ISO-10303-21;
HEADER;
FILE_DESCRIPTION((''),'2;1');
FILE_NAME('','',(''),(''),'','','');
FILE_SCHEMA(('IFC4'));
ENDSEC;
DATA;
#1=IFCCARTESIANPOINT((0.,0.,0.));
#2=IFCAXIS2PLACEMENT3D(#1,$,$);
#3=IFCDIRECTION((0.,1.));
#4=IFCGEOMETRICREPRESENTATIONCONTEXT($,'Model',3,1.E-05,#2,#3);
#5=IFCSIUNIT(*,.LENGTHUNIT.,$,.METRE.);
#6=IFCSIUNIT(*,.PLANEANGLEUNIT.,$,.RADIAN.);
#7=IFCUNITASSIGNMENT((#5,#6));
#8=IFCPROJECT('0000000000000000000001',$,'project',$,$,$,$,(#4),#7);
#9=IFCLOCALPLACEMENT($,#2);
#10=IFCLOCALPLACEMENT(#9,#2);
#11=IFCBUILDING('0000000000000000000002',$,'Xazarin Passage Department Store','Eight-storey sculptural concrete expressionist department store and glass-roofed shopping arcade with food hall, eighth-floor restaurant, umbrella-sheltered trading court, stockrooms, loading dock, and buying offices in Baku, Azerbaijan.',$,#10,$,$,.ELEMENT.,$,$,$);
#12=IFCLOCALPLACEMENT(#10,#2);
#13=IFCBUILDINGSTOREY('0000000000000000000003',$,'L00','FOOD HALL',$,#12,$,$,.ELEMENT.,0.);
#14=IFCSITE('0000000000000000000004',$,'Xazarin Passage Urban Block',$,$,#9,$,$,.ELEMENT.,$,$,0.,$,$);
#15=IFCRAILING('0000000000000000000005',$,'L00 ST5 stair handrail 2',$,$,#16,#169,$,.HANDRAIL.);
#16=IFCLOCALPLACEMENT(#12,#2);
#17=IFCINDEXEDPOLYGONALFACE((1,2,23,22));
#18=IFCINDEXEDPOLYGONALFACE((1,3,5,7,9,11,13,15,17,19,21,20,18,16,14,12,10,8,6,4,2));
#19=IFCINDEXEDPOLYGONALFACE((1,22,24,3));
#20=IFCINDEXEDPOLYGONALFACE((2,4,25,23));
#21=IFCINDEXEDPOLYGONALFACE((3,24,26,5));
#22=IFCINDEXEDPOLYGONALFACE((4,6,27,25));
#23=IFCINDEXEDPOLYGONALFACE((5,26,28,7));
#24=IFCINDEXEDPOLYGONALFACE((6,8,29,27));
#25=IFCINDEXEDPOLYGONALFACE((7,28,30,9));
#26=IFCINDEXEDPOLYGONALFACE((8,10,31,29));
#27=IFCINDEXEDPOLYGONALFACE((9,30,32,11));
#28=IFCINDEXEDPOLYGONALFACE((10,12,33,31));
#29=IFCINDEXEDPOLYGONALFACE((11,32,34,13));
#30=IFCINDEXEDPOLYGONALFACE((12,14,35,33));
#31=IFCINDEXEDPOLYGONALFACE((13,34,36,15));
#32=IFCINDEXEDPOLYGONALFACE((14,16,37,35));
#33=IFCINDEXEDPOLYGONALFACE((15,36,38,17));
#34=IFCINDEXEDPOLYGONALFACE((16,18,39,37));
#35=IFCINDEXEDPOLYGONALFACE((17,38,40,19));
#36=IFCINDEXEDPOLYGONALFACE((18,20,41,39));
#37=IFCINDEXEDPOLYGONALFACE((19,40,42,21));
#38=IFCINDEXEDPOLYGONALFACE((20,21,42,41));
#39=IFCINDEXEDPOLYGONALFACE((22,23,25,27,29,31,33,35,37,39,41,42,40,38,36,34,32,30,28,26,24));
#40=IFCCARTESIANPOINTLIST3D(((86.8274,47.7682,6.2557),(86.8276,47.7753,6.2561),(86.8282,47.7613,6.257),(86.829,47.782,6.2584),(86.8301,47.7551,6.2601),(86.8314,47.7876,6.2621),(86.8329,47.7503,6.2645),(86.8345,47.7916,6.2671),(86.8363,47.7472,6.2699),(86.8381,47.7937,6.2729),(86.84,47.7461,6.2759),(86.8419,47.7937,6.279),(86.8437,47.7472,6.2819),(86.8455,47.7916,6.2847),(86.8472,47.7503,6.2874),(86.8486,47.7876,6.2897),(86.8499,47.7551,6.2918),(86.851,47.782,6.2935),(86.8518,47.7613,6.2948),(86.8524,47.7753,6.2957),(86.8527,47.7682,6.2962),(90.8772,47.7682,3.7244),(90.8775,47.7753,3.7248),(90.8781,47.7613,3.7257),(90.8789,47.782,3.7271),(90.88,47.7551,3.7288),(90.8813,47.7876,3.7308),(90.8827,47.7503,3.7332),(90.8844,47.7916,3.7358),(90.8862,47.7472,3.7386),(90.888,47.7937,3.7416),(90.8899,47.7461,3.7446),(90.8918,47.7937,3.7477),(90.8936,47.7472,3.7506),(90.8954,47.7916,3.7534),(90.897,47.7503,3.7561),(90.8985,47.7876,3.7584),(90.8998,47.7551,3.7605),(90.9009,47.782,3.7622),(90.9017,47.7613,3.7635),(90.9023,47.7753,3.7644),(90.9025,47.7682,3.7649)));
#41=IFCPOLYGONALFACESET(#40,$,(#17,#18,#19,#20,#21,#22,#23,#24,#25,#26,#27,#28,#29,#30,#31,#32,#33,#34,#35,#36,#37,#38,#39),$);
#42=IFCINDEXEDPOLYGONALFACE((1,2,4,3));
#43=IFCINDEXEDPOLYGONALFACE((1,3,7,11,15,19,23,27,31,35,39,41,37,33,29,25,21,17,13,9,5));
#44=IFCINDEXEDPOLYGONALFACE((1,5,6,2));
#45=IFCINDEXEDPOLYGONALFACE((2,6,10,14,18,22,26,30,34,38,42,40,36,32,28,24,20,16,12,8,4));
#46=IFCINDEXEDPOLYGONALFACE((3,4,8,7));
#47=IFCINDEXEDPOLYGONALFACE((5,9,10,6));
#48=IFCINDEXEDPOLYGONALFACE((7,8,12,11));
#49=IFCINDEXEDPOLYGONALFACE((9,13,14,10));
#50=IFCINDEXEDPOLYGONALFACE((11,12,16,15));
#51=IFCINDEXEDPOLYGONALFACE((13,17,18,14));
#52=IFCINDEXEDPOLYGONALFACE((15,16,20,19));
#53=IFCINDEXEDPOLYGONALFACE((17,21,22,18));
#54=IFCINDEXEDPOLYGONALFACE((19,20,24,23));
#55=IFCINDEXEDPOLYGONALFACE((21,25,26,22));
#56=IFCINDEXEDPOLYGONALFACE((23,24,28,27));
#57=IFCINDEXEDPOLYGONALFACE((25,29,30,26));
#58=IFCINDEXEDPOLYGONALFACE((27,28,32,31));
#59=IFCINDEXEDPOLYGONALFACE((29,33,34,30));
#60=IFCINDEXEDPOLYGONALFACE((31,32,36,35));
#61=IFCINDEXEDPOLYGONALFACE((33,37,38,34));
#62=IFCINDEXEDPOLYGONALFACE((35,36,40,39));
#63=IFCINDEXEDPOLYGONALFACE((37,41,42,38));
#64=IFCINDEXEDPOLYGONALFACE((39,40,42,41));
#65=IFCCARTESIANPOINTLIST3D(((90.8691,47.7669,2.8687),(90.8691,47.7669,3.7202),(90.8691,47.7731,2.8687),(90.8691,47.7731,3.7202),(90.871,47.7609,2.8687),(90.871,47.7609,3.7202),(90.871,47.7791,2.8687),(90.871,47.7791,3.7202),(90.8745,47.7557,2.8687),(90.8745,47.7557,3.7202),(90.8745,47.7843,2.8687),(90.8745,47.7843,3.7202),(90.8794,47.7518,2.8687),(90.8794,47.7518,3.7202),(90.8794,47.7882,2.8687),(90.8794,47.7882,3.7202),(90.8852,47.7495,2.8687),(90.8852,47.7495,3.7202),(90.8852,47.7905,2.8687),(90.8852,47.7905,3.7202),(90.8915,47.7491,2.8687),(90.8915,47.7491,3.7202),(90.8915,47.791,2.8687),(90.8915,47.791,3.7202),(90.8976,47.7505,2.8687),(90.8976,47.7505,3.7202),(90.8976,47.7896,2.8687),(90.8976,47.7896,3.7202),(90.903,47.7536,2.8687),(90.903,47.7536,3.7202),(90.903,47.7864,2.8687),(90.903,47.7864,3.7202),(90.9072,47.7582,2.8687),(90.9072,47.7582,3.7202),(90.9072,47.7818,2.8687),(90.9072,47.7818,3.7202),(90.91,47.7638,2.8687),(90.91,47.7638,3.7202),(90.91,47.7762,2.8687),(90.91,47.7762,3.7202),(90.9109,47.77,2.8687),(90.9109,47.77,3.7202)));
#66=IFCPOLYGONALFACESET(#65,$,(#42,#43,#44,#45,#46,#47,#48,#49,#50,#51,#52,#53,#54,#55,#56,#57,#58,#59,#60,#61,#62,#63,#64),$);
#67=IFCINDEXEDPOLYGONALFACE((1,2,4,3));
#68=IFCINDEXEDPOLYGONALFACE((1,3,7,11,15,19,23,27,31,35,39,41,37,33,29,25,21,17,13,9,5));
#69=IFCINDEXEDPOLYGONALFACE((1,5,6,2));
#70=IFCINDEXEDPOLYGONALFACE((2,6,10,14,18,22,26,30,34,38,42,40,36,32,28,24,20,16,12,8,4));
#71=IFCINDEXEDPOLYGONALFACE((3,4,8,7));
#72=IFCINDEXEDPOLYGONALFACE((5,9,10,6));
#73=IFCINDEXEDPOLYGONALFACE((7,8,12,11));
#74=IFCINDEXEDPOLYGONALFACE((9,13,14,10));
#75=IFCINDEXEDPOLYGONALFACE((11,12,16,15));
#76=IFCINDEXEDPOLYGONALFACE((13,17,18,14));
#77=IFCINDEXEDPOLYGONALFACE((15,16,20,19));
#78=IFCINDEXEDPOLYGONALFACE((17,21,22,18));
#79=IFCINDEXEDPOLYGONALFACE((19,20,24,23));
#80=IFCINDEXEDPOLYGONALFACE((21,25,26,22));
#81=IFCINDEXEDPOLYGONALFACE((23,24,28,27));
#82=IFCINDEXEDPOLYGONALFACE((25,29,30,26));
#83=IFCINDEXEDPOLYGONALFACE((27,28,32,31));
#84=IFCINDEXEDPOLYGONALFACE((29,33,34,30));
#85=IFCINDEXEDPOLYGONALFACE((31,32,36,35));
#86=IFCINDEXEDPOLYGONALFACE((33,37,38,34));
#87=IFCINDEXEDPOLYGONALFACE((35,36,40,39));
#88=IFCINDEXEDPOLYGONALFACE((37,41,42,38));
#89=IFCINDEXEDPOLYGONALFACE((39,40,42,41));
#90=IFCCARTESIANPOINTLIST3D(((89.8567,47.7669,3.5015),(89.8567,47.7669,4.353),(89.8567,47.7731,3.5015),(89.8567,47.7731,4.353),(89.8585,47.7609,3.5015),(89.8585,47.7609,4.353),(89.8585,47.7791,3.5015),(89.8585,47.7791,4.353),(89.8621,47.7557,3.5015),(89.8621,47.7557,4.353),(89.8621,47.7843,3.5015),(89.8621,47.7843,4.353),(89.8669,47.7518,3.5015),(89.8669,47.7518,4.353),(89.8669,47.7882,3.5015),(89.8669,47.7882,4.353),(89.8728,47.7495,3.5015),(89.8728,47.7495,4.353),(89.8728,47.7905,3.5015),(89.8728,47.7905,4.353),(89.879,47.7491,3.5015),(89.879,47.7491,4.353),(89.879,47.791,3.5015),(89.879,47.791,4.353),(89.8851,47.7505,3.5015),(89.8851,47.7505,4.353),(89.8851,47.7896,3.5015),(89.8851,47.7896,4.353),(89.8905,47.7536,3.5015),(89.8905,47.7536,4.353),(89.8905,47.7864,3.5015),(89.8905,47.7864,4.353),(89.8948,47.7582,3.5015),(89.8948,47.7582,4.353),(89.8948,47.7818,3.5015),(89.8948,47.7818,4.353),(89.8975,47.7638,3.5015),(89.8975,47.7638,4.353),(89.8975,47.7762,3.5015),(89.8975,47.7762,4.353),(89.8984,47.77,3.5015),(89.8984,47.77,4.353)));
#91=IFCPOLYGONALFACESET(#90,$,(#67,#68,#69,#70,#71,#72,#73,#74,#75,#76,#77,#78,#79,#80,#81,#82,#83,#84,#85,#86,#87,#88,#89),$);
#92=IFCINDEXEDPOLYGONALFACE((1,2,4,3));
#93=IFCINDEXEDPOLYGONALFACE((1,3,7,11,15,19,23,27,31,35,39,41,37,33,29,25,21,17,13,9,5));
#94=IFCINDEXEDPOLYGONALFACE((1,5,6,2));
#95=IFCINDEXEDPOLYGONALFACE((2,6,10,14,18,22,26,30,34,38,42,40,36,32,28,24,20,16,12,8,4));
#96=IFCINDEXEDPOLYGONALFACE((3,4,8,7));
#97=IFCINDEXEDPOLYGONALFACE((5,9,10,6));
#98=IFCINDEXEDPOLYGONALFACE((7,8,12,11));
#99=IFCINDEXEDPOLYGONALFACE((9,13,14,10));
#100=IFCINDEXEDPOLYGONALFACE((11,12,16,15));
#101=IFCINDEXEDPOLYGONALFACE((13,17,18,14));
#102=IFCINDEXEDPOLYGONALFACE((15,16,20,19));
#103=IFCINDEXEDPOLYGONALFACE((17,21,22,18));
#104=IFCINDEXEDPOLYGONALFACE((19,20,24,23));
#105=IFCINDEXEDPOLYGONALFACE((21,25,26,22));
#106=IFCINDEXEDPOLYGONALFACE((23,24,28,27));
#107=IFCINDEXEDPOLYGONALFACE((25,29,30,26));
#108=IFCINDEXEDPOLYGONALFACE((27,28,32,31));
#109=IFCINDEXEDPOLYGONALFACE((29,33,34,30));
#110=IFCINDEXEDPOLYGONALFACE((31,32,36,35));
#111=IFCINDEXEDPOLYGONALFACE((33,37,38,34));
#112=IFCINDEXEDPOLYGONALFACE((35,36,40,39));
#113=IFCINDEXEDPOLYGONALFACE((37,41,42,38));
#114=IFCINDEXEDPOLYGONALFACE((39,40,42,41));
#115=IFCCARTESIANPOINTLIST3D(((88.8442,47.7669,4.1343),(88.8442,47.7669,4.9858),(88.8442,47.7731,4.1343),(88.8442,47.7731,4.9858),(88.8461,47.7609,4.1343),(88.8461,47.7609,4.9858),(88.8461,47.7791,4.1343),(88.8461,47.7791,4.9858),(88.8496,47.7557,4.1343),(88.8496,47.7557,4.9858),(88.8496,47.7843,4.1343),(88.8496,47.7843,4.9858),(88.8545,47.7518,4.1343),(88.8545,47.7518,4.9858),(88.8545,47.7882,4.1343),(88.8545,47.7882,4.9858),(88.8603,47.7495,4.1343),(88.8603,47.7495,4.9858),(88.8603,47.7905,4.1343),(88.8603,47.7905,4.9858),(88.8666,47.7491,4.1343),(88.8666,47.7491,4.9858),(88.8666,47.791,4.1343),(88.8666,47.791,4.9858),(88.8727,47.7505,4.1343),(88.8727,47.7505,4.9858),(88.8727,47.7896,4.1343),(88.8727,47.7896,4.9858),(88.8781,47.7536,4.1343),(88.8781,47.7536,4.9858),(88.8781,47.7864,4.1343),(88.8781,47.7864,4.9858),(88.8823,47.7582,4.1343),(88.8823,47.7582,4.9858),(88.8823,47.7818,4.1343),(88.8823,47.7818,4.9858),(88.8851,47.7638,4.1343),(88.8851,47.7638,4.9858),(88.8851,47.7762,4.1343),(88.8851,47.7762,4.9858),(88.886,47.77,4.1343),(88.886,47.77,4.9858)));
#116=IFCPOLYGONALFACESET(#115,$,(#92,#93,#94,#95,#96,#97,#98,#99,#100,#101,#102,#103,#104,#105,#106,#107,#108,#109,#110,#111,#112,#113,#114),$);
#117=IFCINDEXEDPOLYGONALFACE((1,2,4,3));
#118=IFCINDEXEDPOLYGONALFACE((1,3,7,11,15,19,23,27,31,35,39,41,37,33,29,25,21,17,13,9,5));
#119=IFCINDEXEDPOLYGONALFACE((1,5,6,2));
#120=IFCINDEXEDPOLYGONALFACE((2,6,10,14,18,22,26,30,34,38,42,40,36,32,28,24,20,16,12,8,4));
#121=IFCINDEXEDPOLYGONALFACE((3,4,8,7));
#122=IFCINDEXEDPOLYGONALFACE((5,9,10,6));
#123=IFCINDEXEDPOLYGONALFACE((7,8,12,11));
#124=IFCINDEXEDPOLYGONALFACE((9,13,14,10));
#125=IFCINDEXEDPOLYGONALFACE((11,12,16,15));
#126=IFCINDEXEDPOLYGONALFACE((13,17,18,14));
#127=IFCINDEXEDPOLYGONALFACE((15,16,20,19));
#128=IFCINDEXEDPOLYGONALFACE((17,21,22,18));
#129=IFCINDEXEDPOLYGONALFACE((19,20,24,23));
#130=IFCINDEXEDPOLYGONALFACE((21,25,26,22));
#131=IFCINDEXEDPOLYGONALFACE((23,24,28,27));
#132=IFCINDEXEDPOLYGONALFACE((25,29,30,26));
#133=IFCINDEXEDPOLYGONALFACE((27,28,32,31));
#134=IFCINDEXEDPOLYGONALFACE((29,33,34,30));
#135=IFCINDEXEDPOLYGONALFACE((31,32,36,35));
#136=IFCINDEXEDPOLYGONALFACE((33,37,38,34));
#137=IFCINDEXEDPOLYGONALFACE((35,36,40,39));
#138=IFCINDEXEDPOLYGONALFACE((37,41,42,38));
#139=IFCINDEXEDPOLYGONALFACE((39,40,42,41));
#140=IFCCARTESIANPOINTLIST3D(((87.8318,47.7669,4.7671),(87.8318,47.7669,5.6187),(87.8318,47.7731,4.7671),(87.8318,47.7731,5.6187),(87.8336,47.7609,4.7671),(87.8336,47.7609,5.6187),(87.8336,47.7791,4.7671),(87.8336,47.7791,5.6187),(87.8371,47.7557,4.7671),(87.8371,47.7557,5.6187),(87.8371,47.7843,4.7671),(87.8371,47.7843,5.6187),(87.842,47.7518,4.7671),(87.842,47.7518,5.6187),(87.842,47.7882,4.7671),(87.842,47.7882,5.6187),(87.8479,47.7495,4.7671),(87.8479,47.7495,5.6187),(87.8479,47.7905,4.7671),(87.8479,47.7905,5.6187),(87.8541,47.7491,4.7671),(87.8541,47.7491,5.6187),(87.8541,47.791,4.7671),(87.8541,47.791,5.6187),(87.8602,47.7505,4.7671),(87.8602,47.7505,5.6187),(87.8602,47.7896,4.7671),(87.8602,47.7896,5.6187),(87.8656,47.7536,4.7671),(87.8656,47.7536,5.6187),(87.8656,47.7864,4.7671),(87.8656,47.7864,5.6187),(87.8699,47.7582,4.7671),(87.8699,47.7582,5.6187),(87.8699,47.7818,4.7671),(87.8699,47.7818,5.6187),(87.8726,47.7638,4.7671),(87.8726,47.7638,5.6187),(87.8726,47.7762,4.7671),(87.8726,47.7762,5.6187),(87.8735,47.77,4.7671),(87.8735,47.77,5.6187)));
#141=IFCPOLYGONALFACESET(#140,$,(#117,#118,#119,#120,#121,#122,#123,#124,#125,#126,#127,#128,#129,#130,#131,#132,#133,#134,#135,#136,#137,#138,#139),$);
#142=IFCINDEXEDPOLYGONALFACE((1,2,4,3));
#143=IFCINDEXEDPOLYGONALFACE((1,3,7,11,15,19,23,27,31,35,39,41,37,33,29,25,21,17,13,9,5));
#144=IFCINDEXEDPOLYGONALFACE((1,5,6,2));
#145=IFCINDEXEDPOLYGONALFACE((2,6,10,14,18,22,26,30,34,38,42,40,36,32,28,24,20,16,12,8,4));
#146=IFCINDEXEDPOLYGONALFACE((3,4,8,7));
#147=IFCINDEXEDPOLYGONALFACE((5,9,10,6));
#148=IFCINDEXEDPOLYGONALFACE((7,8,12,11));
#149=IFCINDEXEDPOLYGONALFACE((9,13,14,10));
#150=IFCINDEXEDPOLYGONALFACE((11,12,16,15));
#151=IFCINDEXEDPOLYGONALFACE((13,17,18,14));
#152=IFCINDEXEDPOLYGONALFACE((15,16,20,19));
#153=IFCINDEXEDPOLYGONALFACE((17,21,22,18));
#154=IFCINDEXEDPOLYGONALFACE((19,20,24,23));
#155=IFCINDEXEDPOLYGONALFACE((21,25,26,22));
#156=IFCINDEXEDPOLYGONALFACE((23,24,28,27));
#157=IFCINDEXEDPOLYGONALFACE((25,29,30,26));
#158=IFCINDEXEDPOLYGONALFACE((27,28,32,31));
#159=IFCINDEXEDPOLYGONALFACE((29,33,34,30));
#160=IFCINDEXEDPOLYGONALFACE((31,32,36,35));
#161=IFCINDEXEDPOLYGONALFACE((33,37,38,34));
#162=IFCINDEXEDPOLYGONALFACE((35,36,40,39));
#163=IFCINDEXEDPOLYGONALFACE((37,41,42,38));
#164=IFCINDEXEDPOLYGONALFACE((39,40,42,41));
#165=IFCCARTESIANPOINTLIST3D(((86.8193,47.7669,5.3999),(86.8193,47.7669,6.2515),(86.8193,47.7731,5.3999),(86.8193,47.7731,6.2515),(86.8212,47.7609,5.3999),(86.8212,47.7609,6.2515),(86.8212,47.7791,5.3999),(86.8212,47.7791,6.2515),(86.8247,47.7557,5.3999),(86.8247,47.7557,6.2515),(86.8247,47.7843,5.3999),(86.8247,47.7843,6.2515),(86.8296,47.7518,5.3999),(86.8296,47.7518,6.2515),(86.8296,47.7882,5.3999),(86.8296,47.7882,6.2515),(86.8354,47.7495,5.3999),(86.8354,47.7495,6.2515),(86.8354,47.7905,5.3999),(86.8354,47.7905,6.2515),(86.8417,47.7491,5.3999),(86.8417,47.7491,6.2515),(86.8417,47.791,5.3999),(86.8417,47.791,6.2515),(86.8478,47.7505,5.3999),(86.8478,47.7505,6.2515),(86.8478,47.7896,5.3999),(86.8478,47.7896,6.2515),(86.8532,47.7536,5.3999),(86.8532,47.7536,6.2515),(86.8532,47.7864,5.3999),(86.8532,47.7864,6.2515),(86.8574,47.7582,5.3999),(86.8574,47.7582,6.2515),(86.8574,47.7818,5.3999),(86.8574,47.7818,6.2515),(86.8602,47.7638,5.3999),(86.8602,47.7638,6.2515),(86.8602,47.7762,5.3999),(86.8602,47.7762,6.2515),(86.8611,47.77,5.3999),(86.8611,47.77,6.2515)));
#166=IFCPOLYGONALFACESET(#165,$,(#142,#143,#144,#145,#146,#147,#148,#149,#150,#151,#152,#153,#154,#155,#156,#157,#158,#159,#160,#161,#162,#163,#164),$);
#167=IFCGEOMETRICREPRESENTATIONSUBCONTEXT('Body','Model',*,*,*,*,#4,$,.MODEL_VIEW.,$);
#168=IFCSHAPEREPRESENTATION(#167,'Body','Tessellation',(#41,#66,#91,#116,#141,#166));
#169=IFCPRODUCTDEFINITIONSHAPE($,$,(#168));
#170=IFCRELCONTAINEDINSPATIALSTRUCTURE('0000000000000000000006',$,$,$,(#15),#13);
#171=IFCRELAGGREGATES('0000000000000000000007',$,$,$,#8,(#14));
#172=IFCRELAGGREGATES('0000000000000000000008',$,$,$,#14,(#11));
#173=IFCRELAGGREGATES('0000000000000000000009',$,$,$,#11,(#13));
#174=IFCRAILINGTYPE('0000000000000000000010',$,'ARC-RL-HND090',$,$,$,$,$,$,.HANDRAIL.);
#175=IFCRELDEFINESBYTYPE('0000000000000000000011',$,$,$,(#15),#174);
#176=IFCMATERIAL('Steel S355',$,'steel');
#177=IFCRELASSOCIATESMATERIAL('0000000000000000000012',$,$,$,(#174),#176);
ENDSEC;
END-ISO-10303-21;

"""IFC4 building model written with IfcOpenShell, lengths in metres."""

from ifc_helpers import new_model, si_unit, direction, frame, origin, origin_2d, place, context, subcontext, project, spatial, circle, extrude, material, type_object, element, save


model = new_model("IFC4")

# Units and contexts
model_context = context("Model", 3, precision=1e-05, world=origin(), true_north=direction((0.0, 1.0)))
body_context = subcontext(model_context, "Body", "Model", "MODEL_VIEW")
ifc_project = project(units=[si_unit("LENGTHUNIT", "METRE"), si_unit("PLANEANGLEUNIT", "RADIAN")], contexts=[model_context])

# Site, building, storey
site_placement = place(None, origin())
site = spatial("IfcSite", under=ifc_project, at=site_placement, Name="Xazarin Passage Urban Block", CompositionType="ELEMENT", RefElevation=0.0)
building_placement = place(site_placement, origin())
building = spatial("IfcBuilding", under=site, at=building_placement, Name="Xazarin Passage Department Store", Description="Eight-storey sculptural concrete expressionist department store and glass-roofed shopping arcade with food hall, eighth-floor restaurant, umbrella-sheltered trading court, stockrooms, loading dock, and buying offices in Baku, Azerbaijan.", CompositionType="ELEMENT")
storey_placement = place(building_placement, origin())
storey = spatial("IfcBuildingStorey", under=building, at=storey_placement, Name="L00", Description="FOOD HALL", CompositionType="ELEMENT", Elevation=0.0)

# Railing
ifc_material_1 = material(Name="Steel S355", Category="steel")
railing_type_1 = type_object("IfcRailingType", Name="ARC-RL-HND090", PredefinedType="HANDRAIL", material=ifc_material_1)
railing_1_placement = place(storey_placement, frame((90.8899, 47.77, 2.8687)))
element("IfcRailing", 1, at=railing_1_placement, inside=storey, type_object=railing_type_1, Name="L00 ST5 stair handrail 2", PredefinedType="HANDRAIL", context=body_context, shape_type="SweptSolid", body=[
    extrude(circle(Radius=0.0239, at=origin_2d()), frame((0.0, 0.0, 0.876), z_axis=(-0.847987, 0.0, 0.530017), x_axis=(0.0, -1.0, 0.0)), (0.0, 0.0, 1.0), 4.7759),
    extrude(circle(Radius=0.021, at=origin_2d()), origin(), (0.0, 0.0, 1.0), 0.8516),
    extrude(circle(Radius=0.021, at=origin_2d()), frame((-1.0125, 0.0, 0.6328)), (0.0, 0.0, 1.0), 0.8516),
    extrude(circle(Radius=0.021, at=origin_2d()), frame((-2.0249, 0.0, 1.2656)), (0.0, 0.0, 1.0), 0.8516),
    extrude(circle(Radius=0.021, at=origin_2d()), frame((-3.0374, 0.0, 1.8984)), (0.0, 0.0, 1.0), 0.8516),
    extrude(circle(Radius=0.021, at=origin_2d()), frame((-4.0498, 0.0, 2.5312)), (0.0, 0.0, 1.0), 0.8516),
])

save(model, "model.ifc")
